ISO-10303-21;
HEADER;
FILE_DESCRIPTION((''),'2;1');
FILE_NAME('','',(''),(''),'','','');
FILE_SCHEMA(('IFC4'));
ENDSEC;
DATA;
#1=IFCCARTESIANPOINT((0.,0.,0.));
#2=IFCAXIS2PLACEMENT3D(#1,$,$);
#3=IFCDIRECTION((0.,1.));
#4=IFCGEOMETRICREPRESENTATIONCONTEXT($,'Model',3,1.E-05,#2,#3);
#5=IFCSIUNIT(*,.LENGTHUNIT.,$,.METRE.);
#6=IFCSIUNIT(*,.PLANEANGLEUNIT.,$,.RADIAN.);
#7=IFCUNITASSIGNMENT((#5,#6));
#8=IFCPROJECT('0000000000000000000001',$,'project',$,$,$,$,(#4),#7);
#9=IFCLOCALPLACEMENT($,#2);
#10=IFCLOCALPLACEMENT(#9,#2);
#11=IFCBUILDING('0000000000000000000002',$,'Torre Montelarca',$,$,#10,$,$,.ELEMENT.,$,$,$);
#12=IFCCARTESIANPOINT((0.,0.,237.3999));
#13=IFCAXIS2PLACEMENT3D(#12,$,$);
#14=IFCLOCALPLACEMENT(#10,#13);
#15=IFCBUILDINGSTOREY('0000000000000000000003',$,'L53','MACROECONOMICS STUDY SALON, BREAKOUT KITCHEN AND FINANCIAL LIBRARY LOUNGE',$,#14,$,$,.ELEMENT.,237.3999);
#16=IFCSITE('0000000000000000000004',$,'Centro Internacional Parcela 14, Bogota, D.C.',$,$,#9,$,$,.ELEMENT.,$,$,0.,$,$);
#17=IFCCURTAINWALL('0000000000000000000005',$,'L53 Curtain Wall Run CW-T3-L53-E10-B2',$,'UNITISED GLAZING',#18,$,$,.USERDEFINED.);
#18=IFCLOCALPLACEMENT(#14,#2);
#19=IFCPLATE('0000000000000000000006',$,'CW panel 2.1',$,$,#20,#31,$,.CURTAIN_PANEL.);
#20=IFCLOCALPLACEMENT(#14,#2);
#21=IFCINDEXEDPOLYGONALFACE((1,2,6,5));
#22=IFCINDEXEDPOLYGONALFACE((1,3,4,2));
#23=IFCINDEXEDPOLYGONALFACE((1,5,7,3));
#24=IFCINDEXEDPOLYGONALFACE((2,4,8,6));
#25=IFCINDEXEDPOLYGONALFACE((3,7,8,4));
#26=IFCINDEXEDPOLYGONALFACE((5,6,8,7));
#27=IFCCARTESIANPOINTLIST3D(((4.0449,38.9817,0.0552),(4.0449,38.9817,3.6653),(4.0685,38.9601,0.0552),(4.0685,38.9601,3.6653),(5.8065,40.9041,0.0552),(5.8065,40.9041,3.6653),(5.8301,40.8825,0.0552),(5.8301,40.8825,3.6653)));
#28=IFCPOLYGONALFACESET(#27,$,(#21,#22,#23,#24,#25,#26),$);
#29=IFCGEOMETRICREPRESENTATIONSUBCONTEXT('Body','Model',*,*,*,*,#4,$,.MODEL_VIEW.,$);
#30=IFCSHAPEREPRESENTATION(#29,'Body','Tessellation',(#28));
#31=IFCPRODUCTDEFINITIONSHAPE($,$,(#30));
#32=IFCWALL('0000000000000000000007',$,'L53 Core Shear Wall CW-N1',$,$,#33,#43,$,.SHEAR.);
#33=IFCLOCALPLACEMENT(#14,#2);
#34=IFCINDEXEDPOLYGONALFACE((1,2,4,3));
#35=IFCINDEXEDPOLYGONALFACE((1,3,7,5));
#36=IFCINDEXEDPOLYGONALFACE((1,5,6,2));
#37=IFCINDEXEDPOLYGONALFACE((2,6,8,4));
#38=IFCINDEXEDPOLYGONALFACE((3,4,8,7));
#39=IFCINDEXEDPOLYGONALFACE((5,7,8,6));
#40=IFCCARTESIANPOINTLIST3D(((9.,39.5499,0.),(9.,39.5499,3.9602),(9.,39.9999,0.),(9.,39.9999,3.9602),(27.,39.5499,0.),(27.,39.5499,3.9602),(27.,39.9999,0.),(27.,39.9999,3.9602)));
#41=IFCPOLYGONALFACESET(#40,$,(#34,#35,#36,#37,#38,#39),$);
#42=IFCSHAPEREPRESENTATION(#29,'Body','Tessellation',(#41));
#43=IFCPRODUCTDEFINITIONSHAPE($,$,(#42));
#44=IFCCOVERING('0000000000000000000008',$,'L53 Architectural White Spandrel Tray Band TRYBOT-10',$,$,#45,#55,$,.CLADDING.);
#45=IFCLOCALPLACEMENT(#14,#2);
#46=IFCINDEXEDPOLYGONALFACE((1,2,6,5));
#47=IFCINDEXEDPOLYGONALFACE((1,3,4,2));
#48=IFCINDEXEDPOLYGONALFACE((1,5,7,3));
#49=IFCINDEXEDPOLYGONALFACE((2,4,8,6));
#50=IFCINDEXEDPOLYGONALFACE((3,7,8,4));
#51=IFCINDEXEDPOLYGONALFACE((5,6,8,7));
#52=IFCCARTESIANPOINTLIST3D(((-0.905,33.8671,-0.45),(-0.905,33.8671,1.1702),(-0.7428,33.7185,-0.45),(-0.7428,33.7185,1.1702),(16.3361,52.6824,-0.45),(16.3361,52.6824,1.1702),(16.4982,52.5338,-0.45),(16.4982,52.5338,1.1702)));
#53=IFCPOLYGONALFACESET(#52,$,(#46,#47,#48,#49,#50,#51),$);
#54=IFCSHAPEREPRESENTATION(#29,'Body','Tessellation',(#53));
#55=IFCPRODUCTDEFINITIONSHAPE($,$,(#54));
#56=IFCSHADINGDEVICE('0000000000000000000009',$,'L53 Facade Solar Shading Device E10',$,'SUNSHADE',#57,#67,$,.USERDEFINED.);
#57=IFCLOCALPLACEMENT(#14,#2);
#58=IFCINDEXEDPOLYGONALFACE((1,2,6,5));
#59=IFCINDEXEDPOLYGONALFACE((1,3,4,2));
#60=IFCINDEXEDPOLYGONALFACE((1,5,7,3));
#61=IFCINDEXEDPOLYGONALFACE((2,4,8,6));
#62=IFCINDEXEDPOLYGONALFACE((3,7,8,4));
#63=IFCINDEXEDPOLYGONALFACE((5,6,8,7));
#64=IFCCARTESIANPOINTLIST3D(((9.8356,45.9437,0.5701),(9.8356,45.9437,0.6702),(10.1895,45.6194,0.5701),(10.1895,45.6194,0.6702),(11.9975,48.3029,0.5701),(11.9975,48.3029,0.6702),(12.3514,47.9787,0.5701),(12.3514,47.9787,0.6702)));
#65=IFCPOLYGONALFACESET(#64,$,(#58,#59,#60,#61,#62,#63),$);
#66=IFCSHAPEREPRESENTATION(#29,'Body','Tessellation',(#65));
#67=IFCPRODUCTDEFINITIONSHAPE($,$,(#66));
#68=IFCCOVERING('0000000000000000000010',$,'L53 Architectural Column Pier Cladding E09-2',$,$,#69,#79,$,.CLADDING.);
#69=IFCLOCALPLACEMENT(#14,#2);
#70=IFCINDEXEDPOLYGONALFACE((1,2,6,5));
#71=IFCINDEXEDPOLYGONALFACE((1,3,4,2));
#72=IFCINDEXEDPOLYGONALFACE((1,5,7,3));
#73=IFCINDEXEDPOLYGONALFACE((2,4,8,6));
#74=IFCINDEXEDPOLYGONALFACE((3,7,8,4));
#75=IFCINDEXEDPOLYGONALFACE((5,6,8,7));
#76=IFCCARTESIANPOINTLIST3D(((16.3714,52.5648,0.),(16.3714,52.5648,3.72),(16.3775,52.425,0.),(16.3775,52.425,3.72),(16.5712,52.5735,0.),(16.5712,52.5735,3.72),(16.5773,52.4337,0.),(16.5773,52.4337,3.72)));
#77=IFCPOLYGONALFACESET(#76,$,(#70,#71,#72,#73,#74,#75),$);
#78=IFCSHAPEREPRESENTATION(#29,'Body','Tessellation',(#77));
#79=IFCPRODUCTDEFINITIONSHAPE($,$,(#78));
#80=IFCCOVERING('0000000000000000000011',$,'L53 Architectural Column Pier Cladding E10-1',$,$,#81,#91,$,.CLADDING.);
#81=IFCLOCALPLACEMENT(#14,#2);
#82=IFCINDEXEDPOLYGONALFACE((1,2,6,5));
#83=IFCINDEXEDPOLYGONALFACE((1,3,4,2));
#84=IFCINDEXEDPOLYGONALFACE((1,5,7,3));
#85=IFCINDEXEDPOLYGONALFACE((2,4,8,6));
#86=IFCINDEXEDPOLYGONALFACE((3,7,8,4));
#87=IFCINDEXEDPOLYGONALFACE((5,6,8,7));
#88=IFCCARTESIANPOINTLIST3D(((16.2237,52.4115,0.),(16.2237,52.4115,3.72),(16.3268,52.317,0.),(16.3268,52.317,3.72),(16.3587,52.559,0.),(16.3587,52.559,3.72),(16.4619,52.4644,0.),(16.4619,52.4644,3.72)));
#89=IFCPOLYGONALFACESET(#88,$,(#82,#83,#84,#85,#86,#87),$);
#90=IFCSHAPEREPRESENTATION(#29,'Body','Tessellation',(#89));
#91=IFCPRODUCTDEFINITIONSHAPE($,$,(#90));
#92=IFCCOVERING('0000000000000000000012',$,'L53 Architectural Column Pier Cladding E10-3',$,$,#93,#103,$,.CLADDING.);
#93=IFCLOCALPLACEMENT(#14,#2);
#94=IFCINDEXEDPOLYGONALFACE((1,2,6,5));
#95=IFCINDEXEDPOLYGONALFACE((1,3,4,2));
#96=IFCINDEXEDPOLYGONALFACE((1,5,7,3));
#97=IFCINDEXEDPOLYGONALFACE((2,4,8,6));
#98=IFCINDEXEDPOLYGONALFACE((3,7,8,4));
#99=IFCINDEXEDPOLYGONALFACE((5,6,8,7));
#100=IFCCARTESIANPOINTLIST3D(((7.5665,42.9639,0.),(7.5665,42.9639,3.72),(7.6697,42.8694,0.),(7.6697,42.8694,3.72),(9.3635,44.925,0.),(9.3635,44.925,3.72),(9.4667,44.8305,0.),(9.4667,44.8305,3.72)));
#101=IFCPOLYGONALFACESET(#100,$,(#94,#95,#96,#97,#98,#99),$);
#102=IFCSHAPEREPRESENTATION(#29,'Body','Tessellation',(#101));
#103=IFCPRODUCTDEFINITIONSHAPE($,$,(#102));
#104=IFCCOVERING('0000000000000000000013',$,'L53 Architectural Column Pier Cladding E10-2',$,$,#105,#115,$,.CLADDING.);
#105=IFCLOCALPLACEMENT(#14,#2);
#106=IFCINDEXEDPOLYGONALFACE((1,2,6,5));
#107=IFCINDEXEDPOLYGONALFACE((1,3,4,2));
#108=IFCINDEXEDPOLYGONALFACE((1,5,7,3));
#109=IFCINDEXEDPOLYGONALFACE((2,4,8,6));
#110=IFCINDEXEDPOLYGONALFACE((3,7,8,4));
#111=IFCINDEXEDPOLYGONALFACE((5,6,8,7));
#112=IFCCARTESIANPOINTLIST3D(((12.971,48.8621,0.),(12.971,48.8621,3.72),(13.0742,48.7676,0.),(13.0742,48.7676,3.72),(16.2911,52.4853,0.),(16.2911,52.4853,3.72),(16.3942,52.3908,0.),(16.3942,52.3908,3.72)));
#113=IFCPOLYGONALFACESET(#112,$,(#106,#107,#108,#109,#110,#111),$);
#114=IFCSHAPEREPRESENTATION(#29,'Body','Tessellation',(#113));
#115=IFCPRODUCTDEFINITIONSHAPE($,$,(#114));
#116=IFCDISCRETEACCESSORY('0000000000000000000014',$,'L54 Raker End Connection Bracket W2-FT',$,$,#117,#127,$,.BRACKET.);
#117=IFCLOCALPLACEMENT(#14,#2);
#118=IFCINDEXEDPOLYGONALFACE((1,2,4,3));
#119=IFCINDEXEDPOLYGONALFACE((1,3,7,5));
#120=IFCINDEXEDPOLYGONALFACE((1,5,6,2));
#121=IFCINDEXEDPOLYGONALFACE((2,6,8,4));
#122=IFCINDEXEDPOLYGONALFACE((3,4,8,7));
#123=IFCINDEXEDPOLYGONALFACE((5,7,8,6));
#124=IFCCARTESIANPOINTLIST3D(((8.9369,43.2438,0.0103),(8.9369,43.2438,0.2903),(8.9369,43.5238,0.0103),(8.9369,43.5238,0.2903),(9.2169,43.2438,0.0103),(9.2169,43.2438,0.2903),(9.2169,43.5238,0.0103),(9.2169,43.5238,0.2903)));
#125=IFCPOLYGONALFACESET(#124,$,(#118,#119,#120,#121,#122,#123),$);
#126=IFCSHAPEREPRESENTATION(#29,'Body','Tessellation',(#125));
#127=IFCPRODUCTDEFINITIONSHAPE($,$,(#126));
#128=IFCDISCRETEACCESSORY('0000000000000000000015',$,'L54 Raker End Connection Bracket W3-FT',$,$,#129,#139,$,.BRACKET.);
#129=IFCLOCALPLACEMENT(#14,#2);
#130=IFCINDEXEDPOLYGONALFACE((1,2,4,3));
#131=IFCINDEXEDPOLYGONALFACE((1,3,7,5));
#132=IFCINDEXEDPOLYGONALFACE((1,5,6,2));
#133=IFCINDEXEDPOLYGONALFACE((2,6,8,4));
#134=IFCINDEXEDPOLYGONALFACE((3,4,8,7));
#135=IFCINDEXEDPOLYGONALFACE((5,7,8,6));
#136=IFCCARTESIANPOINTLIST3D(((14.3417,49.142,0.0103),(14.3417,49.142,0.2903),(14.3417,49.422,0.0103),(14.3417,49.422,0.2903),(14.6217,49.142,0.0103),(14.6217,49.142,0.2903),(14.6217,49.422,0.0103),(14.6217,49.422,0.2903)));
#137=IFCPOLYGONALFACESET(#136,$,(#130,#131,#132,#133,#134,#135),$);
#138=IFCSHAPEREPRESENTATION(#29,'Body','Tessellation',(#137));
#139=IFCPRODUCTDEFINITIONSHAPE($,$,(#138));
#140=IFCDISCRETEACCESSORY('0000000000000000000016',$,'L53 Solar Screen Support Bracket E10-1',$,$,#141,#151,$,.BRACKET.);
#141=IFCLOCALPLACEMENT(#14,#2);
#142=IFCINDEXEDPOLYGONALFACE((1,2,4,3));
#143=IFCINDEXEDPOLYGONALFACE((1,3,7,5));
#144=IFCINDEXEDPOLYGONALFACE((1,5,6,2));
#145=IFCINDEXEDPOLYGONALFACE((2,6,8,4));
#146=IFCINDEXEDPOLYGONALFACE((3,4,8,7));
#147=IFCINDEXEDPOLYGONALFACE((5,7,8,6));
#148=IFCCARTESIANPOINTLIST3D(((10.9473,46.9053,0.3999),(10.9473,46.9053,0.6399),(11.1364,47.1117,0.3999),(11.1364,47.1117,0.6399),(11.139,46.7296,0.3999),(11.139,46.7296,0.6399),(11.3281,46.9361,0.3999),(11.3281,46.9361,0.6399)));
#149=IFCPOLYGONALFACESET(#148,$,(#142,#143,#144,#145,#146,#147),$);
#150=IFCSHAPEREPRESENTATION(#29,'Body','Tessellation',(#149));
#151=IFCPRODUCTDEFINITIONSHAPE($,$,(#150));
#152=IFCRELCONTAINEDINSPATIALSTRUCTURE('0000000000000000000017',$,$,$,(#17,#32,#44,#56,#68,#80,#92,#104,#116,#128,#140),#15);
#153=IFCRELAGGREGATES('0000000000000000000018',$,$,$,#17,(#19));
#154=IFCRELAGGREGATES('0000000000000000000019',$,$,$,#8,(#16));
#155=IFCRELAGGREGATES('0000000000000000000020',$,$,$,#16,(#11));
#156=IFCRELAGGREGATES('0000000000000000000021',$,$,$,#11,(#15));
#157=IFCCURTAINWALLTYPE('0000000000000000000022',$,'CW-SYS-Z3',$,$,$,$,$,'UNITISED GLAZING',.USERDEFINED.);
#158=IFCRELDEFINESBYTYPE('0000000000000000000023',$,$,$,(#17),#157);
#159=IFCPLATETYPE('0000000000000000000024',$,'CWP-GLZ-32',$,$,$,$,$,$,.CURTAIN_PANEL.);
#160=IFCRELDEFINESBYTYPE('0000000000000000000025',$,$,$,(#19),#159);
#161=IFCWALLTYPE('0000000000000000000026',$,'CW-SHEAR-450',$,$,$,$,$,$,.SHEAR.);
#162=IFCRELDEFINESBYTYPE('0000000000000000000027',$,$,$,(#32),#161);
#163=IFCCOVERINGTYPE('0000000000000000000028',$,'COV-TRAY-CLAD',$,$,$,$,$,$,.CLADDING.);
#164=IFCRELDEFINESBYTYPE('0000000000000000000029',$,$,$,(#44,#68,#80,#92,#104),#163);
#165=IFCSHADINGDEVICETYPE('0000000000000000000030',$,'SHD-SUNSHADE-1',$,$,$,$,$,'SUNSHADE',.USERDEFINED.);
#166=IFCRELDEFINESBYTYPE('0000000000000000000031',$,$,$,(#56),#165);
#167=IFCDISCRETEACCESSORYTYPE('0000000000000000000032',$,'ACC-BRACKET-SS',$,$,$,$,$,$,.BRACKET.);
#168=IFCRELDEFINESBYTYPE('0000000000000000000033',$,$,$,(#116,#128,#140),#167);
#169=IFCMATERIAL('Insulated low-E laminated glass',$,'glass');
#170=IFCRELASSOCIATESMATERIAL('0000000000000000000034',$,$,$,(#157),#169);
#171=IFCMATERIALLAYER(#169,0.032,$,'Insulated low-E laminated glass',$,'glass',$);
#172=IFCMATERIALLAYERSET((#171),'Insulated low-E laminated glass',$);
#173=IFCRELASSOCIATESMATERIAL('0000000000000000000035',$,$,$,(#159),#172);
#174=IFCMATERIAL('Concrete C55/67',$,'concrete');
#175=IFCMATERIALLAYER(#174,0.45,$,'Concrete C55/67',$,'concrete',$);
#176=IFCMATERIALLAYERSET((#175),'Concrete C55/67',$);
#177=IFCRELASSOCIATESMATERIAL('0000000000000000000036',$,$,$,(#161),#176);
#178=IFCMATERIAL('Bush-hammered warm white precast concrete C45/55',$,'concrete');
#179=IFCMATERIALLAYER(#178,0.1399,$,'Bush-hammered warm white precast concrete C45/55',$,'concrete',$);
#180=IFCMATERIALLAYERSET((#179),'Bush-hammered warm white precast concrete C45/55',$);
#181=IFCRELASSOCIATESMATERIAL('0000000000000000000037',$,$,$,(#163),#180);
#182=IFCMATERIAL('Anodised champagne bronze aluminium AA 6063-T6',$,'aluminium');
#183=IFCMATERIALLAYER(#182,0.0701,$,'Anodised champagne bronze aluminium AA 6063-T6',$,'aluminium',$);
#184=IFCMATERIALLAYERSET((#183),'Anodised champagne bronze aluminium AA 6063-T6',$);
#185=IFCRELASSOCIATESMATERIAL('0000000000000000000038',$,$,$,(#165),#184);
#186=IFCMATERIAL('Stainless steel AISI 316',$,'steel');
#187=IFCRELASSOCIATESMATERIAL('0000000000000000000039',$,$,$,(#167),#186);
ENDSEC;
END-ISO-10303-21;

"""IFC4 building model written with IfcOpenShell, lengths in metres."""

from ifc_helpers import new_model, si_unit, direction, frame, frame_2d, origin, origin_2d, place, context, subcontext, project, spatial, rectangle, extrude, source, transform, mapped, material, layer, layer_set, type_object, element, aggregate, save


model = new_model("IFC4")

# Units and contexts
model_context = context("Model", 3, precision=1e-05, world=origin(), true_north=direction((0.0, 1.0)))
body_context = subcontext(model_context, "Body", "Model", "MODEL_VIEW")
ifc_project = project(units=[si_unit("LENGTHUNIT", "METRE"), si_unit("PLANEANGLEUNIT", "RADIAN")], contexts=[model_context])

# Site, building, storey
site_placement = place(None, origin())
site = spatial("IfcSite", under=ifc_project, at=site_placement, Name="Centro Internacional Parcela 14, Bogota, D.C.", CompositionType="ELEMENT", RefElevation=0.0)
building_placement = place(site_placement, origin())
building = spatial("IfcBuilding", under=site, at=building_placement, Name="Torre Montelarca", CompositionType="ELEMENT")
storey_placement = place(building_placement, frame((0.0, 0.0, 237.3999)))
storey = spatial("IfcBuildingStorey", under=building, at=storey_placement, Name="L53", Description="MACROECONOMICS STUDY SALON, BREAKOUT KITCHEN AND FINANCIAL LIBRARY LOUNGE", CompositionType="ELEMENT", Elevation=237.3999)

# Shared definitions
ifc_material_1 = material(Name="Concrete C55/67", Category="concrete")

# Curtain wall
ifc_material_2 = material(Name="Insulated low-E laminated glass", Category="glass")
curtain_wall_type = type_object("IfcCurtainWallType", Name="CW-SYS-Z3", ElementType="UNITISED GLAZING", PredefinedType="USERDEFINED", material=ifc_material_2)
curtain_wall_1_placement = place(storey_placement, origin())
curtain_wall_1 = element("IfcCurtainWall", 1, at=curtain_wall_1_placement, inside=storey, type_object=curtain_wall_type, Name="L53 Curtain Wall Run CW-T3-L53-E10-B2", ObjectType="UNITISED GLAZING", PredefinedType="USERDEFINED")

# Plate
ifc_layer_1 = layer(ifc_material_2, 0.032, Name="Insulated low-E laminated glass", Category="glass")
ifc_layer_set_1 = layer_set([ifc_layer_1], Name="Insulated low-E laminated glass")
plate_type_1 = type_object("IfcPlateType", Name="CWP-GLZ-32", PredefinedType="CURTAIN_PANEL", material=ifc_layer_set_1)
shared_shape_1 = source(origin(), body_context, "Body", "SweptSolid", [
    extrude(rectangle(XDim=2.6074, YDim=0.032, at=origin_2d()), origin(), (0.0, 0.0, 1.0), 3.6101),
])
plate_1_placement = place(storey_placement, frame((4.9375, 39.9321, 0.0552), z_axis=(0.0, 0.0, 1.0), x_axis=(-0.675588, -0.737279, 0.0)))
plate_1 = element("IfcPlate", 2, at=plate_1_placement, type_object=plate_type_1, Name="CW panel 2.1", PredefinedType="CURTAIN_PANEL", context=body_context, shape_type="MappedRepresentation", body=[
    mapped(shared_shape_1, transform((0.0, 0.0, 0.0), scale=1.0)),
])
aggregate(curtain_wall_1, [plate_1])

# Wall
ifc_layer_2 = layer(ifc_material_1, 0.45, Name="Concrete C55/67", Category="concrete")
ifc_layer_set_2 = layer_set([ifc_layer_2], Name="Concrete C55/67")
wall_type = type_object("IfcWallType", Name="CW-SHEAR-450", PredefinedType="SHEAR", material=ifc_layer_set_2)
wall_placement = place(storey_placement, frame((9.0, 39.7749, 0.0), z_axis=(0.0, 0.0, 1.0), x_axis=(1.0, 0.0, 0.0)))
element("IfcWall", 3, at=wall_placement, inside=storey, type_object=wall_type, Name="L53 Core Shear Wall CW-N1", PredefinedType="SHEAR", context=body_context, shape_type="SweptSolid", body=[
    extrude(rectangle(XDim=18.0, YDim=0.45, at=frame_2d((9.0, 0.0))), origin(), (0.0, 0.0, 1.0), 3.9602),
])

# Covering
ifc_material_3 = material(Name="Bush-hammered warm white precast concrete C45/55", Category="concrete")
ifc_layer_3 = layer(ifc_material_3, 0.1399, Name="Bush-hammered warm white precast concrete C45/55", Category="concrete")
ifc_layer_set_3 = layer_set([ifc_layer_3], Name="Bush-hammered warm white precast concrete C45/55")
covering_type = type_object("IfcCoveringType", Name="COV-TRAY-CLAD", PredefinedType="CLADDING", material=ifc_layer_set_3)
shared_shape_2 = source(origin(), body_context, "Body", "SweptSolid", [
    extrude(rectangle(XDim=25.52, YDim=0.22, at=origin_2d()), origin(), (0.0, 0.0, 1.0), 1.6201),
])
covering_1_placement = place(storey_placement, frame((7.7966, 43.2004, -0.45), z_axis=(0.0, 0.0, 1.0), x_axis=(-0.675589, -0.737279, 0.0)))
element("IfcCovering", 4, at=covering_1_placement, inside=storey, type_object=covering_type, Name="L53 Architectural White Spandrel Tray Band TRYBOT-10", PredefinedType="CLADDING", context=body_context, shape_type="MappedRepresentation", body=[
    mapped(shared_shape_2, transform((0.0, 0.0, 0.0), scale=1.0)),
])

# Shading device
ifc_material_4 = material(Name="Anodised champagne bronze aluminium AA 6063-T6", Category="aluminium")
ifc_layer_4 = layer(ifc_material_4, 0.0701, Name="Anodised champagne bronze aluminium AA 6063-T6", Category="aluminium")
ifc_layer_set_4 = layer_set([ifc_layer_4], Name="Anodised champagne bronze aluminium AA 6063-T6")
shading_device_type = type_object("IfcShadingDeviceType", Name="SHD-SUNSHADE-1", ElementType="SUNSHADE", PredefinedType="USERDEFINED", material=ifc_layer_set_4)
shared_shape_3 = source(origin(), body_context, "Body", "SweptSolid", [
    extrude(rectangle(XDim=3.2, YDim=0.48, at=origin_2d()), origin(), (0.0, 0.0, 1.0), 0.1001),
])
shading_device_placement = place(storey_placement, frame((11.0935, 46.9612, 0.5701), z_axis=(0.0, 0.0, 1.0), x_axis=(-0.675589, -0.737279, 0.0)))
element("IfcShadingDevice", 5, at=shading_device_placement, inside=storey, type_object=shading_device_type, Name="L53 Facade Solar Shading Device E10", ObjectType="SUNSHADE", PredefinedType="USERDEFINED", context=body_context, shape_type="MappedRepresentation", body=[
    mapped(shared_shape_3, transform((0.0, 0.0, 0.0), scale=1.0)),
])

# Coverings
shared_shape_4 = source(origin(), body_context, "Body", "SweptSolid", [
    extrude(rectangle(XDim=0.2, YDim=0.1399, at=origin_2d()), origin(), (0.0, 0.0, 1.0), 3.72),
])
for number, where, z_axis, x_axis, name in (
    (6, (16.4744, 52.4993, 0.0), (0.0, 0.0, 1.0), (-0.999048, -0.043628, 0.0), "L53 Architectural Column Pier Cladding E09-2"),
    (7, (16.3428, 52.438, 0.0), (0.0, 0.0, 1.0), (-0.675589, -0.737279, 0.0), "L53 Architectural Column Pier Cladding E10-1"),
):
    element("IfcCovering", number, at=place(storey_placement, frame(where, z_axis=z_axis, x_axis=x_axis)), inside=storey, type_object=covering_type, Name=name, PredefinedType="CLADDING", context=body_context, shape_type="MappedRepresentation", body=[
        mapped(shared_shape_4, transform((0.0, 0.0, 0.0), scale=1.0)),
    ])
shared_shape_5 = source(origin(), body_context, "Body", "SweptSolid", [
    extrude(rectangle(XDim=2.6599, YDim=0.1399, at=origin_2d()), origin(), (0.0, 0.0, 1.0), 3.72),
])
covering_2_placement = place(storey_placement, frame((8.5166, 43.8972, 0.0), z_axis=(0.0, 0.0, 1.0), x_axis=(-0.675589, -0.737279, 0.0)))
element("IfcCovering", 8, at=covering_2_placement, inside=storey, type_object=covering_type, Name="L53 Architectural Column Pier Cladding E10-3", PredefinedType="CLADDING", context=body_context, shape_type="MappedRepresentation", body=[
    mapped(shared_shape_5, transform((0.0, 0.0, 0.0), scale=1.0)),
])
shared_shape_6 = source(origin(), body_context, "Body", "SweptSolid", [
    extrude(rectangle(XDim=4.9143, YDim=0.1399, at=origin_2d()), origin(), (0.0, 0.0, 1.0), 3.72),
])
covering_3_placement = place(storey_placement, frame((14.6826, 50.6265, 0.0), z_axis=(0.0, 0.0, 1.0), x_axis=(-0.675589, -0.737279, 0.0)))
element("IfcCovering", 9, at=covering_3_placement, inside=storey, type_object=covering_type, Name="L53 Architectural Column Pier Cladding E10-2", PredefinedType="CLADDING", context=body_context, shape_type="MappedRepresentation", body=[
    mapped(shared_shape_6, transform((0.0, 0.0, 0.0), scale=1.0)),
])

# Discrete accessories
ifc_material_5 = material(Name="Stainless steel AISI 316", Category="steel")
discrete_accessory_type = type_object("IfcDiscreteAccessoryType", Name="ACC-BRACKET-SS", PredefinedType="BRACKET", material=ifc_material_5)
shared_shape_7 = source(origin(), body_context, "Body", "SweptSolid", [
    extrude(rectangle(XDim=0.28, YDim=0.28, at=origin_2d()), origin(), (0.0, 0.0, 1.0), 0.28),
])
for number, where, z_axis, x_axis, name in (
    (10, (9.0769, 43.3838, 0.0103), (0.0, 0.0, 1.0), (1.0, 0.0, 0.0), "L54 Raker End Connection Bracket W2-FT"),
    (11, (14.4817, 49.282, 0.0103), (0.0, 0.0, 1.0), (1.0, 0.0, 0.0), "L54 Raker End Connection Bracket W3-FT"),
):
    element("IfcDiscreteAccessory", number, at=place(storey_placement, frame(where, z_axis=z_axis, x_axis=x_axis)), inside=storey, type_object=discrete_accessory_type, Name=name, PredefinedType="BRACKET", context=body_context, shape_type="MappedRepresentation", body=[
        mapped(shared_shape_7, transform((0.0, 0.0, 0.0), scale=1.0)),
    ])
shared_shape_8 = source(origin(), body_context, "Body", "SweptSolid", [
    extrude(rectangle(XDim=0.28, YDim=0.26, at=origin_2d()), origin(), (0.0, 0.0, 1.0), 0.24),
])
discrete_accessory_placement = place(storey_placement, frame((11.1377, 46.9207, 0.3999), z_axis=(0.0, 0.0, 1.0), x_axis=(-0.675589, -0.737279, 0.0)))
element("IfcDiscreteAccessory", 12, at=discrete_accessory_placement, inside=storey, type_object=discrete_accessory_type, Name="L53 Solar Screen Support Bracket E10-1", PredefinedType="BRACKET", context=body_context, shape_type="MappedRepresentation", body=[
    mapped(shared_shape_8, transform((0.0, 0.0, 0.0), scale=1.0)),
])

save(model, "model.ifc")
